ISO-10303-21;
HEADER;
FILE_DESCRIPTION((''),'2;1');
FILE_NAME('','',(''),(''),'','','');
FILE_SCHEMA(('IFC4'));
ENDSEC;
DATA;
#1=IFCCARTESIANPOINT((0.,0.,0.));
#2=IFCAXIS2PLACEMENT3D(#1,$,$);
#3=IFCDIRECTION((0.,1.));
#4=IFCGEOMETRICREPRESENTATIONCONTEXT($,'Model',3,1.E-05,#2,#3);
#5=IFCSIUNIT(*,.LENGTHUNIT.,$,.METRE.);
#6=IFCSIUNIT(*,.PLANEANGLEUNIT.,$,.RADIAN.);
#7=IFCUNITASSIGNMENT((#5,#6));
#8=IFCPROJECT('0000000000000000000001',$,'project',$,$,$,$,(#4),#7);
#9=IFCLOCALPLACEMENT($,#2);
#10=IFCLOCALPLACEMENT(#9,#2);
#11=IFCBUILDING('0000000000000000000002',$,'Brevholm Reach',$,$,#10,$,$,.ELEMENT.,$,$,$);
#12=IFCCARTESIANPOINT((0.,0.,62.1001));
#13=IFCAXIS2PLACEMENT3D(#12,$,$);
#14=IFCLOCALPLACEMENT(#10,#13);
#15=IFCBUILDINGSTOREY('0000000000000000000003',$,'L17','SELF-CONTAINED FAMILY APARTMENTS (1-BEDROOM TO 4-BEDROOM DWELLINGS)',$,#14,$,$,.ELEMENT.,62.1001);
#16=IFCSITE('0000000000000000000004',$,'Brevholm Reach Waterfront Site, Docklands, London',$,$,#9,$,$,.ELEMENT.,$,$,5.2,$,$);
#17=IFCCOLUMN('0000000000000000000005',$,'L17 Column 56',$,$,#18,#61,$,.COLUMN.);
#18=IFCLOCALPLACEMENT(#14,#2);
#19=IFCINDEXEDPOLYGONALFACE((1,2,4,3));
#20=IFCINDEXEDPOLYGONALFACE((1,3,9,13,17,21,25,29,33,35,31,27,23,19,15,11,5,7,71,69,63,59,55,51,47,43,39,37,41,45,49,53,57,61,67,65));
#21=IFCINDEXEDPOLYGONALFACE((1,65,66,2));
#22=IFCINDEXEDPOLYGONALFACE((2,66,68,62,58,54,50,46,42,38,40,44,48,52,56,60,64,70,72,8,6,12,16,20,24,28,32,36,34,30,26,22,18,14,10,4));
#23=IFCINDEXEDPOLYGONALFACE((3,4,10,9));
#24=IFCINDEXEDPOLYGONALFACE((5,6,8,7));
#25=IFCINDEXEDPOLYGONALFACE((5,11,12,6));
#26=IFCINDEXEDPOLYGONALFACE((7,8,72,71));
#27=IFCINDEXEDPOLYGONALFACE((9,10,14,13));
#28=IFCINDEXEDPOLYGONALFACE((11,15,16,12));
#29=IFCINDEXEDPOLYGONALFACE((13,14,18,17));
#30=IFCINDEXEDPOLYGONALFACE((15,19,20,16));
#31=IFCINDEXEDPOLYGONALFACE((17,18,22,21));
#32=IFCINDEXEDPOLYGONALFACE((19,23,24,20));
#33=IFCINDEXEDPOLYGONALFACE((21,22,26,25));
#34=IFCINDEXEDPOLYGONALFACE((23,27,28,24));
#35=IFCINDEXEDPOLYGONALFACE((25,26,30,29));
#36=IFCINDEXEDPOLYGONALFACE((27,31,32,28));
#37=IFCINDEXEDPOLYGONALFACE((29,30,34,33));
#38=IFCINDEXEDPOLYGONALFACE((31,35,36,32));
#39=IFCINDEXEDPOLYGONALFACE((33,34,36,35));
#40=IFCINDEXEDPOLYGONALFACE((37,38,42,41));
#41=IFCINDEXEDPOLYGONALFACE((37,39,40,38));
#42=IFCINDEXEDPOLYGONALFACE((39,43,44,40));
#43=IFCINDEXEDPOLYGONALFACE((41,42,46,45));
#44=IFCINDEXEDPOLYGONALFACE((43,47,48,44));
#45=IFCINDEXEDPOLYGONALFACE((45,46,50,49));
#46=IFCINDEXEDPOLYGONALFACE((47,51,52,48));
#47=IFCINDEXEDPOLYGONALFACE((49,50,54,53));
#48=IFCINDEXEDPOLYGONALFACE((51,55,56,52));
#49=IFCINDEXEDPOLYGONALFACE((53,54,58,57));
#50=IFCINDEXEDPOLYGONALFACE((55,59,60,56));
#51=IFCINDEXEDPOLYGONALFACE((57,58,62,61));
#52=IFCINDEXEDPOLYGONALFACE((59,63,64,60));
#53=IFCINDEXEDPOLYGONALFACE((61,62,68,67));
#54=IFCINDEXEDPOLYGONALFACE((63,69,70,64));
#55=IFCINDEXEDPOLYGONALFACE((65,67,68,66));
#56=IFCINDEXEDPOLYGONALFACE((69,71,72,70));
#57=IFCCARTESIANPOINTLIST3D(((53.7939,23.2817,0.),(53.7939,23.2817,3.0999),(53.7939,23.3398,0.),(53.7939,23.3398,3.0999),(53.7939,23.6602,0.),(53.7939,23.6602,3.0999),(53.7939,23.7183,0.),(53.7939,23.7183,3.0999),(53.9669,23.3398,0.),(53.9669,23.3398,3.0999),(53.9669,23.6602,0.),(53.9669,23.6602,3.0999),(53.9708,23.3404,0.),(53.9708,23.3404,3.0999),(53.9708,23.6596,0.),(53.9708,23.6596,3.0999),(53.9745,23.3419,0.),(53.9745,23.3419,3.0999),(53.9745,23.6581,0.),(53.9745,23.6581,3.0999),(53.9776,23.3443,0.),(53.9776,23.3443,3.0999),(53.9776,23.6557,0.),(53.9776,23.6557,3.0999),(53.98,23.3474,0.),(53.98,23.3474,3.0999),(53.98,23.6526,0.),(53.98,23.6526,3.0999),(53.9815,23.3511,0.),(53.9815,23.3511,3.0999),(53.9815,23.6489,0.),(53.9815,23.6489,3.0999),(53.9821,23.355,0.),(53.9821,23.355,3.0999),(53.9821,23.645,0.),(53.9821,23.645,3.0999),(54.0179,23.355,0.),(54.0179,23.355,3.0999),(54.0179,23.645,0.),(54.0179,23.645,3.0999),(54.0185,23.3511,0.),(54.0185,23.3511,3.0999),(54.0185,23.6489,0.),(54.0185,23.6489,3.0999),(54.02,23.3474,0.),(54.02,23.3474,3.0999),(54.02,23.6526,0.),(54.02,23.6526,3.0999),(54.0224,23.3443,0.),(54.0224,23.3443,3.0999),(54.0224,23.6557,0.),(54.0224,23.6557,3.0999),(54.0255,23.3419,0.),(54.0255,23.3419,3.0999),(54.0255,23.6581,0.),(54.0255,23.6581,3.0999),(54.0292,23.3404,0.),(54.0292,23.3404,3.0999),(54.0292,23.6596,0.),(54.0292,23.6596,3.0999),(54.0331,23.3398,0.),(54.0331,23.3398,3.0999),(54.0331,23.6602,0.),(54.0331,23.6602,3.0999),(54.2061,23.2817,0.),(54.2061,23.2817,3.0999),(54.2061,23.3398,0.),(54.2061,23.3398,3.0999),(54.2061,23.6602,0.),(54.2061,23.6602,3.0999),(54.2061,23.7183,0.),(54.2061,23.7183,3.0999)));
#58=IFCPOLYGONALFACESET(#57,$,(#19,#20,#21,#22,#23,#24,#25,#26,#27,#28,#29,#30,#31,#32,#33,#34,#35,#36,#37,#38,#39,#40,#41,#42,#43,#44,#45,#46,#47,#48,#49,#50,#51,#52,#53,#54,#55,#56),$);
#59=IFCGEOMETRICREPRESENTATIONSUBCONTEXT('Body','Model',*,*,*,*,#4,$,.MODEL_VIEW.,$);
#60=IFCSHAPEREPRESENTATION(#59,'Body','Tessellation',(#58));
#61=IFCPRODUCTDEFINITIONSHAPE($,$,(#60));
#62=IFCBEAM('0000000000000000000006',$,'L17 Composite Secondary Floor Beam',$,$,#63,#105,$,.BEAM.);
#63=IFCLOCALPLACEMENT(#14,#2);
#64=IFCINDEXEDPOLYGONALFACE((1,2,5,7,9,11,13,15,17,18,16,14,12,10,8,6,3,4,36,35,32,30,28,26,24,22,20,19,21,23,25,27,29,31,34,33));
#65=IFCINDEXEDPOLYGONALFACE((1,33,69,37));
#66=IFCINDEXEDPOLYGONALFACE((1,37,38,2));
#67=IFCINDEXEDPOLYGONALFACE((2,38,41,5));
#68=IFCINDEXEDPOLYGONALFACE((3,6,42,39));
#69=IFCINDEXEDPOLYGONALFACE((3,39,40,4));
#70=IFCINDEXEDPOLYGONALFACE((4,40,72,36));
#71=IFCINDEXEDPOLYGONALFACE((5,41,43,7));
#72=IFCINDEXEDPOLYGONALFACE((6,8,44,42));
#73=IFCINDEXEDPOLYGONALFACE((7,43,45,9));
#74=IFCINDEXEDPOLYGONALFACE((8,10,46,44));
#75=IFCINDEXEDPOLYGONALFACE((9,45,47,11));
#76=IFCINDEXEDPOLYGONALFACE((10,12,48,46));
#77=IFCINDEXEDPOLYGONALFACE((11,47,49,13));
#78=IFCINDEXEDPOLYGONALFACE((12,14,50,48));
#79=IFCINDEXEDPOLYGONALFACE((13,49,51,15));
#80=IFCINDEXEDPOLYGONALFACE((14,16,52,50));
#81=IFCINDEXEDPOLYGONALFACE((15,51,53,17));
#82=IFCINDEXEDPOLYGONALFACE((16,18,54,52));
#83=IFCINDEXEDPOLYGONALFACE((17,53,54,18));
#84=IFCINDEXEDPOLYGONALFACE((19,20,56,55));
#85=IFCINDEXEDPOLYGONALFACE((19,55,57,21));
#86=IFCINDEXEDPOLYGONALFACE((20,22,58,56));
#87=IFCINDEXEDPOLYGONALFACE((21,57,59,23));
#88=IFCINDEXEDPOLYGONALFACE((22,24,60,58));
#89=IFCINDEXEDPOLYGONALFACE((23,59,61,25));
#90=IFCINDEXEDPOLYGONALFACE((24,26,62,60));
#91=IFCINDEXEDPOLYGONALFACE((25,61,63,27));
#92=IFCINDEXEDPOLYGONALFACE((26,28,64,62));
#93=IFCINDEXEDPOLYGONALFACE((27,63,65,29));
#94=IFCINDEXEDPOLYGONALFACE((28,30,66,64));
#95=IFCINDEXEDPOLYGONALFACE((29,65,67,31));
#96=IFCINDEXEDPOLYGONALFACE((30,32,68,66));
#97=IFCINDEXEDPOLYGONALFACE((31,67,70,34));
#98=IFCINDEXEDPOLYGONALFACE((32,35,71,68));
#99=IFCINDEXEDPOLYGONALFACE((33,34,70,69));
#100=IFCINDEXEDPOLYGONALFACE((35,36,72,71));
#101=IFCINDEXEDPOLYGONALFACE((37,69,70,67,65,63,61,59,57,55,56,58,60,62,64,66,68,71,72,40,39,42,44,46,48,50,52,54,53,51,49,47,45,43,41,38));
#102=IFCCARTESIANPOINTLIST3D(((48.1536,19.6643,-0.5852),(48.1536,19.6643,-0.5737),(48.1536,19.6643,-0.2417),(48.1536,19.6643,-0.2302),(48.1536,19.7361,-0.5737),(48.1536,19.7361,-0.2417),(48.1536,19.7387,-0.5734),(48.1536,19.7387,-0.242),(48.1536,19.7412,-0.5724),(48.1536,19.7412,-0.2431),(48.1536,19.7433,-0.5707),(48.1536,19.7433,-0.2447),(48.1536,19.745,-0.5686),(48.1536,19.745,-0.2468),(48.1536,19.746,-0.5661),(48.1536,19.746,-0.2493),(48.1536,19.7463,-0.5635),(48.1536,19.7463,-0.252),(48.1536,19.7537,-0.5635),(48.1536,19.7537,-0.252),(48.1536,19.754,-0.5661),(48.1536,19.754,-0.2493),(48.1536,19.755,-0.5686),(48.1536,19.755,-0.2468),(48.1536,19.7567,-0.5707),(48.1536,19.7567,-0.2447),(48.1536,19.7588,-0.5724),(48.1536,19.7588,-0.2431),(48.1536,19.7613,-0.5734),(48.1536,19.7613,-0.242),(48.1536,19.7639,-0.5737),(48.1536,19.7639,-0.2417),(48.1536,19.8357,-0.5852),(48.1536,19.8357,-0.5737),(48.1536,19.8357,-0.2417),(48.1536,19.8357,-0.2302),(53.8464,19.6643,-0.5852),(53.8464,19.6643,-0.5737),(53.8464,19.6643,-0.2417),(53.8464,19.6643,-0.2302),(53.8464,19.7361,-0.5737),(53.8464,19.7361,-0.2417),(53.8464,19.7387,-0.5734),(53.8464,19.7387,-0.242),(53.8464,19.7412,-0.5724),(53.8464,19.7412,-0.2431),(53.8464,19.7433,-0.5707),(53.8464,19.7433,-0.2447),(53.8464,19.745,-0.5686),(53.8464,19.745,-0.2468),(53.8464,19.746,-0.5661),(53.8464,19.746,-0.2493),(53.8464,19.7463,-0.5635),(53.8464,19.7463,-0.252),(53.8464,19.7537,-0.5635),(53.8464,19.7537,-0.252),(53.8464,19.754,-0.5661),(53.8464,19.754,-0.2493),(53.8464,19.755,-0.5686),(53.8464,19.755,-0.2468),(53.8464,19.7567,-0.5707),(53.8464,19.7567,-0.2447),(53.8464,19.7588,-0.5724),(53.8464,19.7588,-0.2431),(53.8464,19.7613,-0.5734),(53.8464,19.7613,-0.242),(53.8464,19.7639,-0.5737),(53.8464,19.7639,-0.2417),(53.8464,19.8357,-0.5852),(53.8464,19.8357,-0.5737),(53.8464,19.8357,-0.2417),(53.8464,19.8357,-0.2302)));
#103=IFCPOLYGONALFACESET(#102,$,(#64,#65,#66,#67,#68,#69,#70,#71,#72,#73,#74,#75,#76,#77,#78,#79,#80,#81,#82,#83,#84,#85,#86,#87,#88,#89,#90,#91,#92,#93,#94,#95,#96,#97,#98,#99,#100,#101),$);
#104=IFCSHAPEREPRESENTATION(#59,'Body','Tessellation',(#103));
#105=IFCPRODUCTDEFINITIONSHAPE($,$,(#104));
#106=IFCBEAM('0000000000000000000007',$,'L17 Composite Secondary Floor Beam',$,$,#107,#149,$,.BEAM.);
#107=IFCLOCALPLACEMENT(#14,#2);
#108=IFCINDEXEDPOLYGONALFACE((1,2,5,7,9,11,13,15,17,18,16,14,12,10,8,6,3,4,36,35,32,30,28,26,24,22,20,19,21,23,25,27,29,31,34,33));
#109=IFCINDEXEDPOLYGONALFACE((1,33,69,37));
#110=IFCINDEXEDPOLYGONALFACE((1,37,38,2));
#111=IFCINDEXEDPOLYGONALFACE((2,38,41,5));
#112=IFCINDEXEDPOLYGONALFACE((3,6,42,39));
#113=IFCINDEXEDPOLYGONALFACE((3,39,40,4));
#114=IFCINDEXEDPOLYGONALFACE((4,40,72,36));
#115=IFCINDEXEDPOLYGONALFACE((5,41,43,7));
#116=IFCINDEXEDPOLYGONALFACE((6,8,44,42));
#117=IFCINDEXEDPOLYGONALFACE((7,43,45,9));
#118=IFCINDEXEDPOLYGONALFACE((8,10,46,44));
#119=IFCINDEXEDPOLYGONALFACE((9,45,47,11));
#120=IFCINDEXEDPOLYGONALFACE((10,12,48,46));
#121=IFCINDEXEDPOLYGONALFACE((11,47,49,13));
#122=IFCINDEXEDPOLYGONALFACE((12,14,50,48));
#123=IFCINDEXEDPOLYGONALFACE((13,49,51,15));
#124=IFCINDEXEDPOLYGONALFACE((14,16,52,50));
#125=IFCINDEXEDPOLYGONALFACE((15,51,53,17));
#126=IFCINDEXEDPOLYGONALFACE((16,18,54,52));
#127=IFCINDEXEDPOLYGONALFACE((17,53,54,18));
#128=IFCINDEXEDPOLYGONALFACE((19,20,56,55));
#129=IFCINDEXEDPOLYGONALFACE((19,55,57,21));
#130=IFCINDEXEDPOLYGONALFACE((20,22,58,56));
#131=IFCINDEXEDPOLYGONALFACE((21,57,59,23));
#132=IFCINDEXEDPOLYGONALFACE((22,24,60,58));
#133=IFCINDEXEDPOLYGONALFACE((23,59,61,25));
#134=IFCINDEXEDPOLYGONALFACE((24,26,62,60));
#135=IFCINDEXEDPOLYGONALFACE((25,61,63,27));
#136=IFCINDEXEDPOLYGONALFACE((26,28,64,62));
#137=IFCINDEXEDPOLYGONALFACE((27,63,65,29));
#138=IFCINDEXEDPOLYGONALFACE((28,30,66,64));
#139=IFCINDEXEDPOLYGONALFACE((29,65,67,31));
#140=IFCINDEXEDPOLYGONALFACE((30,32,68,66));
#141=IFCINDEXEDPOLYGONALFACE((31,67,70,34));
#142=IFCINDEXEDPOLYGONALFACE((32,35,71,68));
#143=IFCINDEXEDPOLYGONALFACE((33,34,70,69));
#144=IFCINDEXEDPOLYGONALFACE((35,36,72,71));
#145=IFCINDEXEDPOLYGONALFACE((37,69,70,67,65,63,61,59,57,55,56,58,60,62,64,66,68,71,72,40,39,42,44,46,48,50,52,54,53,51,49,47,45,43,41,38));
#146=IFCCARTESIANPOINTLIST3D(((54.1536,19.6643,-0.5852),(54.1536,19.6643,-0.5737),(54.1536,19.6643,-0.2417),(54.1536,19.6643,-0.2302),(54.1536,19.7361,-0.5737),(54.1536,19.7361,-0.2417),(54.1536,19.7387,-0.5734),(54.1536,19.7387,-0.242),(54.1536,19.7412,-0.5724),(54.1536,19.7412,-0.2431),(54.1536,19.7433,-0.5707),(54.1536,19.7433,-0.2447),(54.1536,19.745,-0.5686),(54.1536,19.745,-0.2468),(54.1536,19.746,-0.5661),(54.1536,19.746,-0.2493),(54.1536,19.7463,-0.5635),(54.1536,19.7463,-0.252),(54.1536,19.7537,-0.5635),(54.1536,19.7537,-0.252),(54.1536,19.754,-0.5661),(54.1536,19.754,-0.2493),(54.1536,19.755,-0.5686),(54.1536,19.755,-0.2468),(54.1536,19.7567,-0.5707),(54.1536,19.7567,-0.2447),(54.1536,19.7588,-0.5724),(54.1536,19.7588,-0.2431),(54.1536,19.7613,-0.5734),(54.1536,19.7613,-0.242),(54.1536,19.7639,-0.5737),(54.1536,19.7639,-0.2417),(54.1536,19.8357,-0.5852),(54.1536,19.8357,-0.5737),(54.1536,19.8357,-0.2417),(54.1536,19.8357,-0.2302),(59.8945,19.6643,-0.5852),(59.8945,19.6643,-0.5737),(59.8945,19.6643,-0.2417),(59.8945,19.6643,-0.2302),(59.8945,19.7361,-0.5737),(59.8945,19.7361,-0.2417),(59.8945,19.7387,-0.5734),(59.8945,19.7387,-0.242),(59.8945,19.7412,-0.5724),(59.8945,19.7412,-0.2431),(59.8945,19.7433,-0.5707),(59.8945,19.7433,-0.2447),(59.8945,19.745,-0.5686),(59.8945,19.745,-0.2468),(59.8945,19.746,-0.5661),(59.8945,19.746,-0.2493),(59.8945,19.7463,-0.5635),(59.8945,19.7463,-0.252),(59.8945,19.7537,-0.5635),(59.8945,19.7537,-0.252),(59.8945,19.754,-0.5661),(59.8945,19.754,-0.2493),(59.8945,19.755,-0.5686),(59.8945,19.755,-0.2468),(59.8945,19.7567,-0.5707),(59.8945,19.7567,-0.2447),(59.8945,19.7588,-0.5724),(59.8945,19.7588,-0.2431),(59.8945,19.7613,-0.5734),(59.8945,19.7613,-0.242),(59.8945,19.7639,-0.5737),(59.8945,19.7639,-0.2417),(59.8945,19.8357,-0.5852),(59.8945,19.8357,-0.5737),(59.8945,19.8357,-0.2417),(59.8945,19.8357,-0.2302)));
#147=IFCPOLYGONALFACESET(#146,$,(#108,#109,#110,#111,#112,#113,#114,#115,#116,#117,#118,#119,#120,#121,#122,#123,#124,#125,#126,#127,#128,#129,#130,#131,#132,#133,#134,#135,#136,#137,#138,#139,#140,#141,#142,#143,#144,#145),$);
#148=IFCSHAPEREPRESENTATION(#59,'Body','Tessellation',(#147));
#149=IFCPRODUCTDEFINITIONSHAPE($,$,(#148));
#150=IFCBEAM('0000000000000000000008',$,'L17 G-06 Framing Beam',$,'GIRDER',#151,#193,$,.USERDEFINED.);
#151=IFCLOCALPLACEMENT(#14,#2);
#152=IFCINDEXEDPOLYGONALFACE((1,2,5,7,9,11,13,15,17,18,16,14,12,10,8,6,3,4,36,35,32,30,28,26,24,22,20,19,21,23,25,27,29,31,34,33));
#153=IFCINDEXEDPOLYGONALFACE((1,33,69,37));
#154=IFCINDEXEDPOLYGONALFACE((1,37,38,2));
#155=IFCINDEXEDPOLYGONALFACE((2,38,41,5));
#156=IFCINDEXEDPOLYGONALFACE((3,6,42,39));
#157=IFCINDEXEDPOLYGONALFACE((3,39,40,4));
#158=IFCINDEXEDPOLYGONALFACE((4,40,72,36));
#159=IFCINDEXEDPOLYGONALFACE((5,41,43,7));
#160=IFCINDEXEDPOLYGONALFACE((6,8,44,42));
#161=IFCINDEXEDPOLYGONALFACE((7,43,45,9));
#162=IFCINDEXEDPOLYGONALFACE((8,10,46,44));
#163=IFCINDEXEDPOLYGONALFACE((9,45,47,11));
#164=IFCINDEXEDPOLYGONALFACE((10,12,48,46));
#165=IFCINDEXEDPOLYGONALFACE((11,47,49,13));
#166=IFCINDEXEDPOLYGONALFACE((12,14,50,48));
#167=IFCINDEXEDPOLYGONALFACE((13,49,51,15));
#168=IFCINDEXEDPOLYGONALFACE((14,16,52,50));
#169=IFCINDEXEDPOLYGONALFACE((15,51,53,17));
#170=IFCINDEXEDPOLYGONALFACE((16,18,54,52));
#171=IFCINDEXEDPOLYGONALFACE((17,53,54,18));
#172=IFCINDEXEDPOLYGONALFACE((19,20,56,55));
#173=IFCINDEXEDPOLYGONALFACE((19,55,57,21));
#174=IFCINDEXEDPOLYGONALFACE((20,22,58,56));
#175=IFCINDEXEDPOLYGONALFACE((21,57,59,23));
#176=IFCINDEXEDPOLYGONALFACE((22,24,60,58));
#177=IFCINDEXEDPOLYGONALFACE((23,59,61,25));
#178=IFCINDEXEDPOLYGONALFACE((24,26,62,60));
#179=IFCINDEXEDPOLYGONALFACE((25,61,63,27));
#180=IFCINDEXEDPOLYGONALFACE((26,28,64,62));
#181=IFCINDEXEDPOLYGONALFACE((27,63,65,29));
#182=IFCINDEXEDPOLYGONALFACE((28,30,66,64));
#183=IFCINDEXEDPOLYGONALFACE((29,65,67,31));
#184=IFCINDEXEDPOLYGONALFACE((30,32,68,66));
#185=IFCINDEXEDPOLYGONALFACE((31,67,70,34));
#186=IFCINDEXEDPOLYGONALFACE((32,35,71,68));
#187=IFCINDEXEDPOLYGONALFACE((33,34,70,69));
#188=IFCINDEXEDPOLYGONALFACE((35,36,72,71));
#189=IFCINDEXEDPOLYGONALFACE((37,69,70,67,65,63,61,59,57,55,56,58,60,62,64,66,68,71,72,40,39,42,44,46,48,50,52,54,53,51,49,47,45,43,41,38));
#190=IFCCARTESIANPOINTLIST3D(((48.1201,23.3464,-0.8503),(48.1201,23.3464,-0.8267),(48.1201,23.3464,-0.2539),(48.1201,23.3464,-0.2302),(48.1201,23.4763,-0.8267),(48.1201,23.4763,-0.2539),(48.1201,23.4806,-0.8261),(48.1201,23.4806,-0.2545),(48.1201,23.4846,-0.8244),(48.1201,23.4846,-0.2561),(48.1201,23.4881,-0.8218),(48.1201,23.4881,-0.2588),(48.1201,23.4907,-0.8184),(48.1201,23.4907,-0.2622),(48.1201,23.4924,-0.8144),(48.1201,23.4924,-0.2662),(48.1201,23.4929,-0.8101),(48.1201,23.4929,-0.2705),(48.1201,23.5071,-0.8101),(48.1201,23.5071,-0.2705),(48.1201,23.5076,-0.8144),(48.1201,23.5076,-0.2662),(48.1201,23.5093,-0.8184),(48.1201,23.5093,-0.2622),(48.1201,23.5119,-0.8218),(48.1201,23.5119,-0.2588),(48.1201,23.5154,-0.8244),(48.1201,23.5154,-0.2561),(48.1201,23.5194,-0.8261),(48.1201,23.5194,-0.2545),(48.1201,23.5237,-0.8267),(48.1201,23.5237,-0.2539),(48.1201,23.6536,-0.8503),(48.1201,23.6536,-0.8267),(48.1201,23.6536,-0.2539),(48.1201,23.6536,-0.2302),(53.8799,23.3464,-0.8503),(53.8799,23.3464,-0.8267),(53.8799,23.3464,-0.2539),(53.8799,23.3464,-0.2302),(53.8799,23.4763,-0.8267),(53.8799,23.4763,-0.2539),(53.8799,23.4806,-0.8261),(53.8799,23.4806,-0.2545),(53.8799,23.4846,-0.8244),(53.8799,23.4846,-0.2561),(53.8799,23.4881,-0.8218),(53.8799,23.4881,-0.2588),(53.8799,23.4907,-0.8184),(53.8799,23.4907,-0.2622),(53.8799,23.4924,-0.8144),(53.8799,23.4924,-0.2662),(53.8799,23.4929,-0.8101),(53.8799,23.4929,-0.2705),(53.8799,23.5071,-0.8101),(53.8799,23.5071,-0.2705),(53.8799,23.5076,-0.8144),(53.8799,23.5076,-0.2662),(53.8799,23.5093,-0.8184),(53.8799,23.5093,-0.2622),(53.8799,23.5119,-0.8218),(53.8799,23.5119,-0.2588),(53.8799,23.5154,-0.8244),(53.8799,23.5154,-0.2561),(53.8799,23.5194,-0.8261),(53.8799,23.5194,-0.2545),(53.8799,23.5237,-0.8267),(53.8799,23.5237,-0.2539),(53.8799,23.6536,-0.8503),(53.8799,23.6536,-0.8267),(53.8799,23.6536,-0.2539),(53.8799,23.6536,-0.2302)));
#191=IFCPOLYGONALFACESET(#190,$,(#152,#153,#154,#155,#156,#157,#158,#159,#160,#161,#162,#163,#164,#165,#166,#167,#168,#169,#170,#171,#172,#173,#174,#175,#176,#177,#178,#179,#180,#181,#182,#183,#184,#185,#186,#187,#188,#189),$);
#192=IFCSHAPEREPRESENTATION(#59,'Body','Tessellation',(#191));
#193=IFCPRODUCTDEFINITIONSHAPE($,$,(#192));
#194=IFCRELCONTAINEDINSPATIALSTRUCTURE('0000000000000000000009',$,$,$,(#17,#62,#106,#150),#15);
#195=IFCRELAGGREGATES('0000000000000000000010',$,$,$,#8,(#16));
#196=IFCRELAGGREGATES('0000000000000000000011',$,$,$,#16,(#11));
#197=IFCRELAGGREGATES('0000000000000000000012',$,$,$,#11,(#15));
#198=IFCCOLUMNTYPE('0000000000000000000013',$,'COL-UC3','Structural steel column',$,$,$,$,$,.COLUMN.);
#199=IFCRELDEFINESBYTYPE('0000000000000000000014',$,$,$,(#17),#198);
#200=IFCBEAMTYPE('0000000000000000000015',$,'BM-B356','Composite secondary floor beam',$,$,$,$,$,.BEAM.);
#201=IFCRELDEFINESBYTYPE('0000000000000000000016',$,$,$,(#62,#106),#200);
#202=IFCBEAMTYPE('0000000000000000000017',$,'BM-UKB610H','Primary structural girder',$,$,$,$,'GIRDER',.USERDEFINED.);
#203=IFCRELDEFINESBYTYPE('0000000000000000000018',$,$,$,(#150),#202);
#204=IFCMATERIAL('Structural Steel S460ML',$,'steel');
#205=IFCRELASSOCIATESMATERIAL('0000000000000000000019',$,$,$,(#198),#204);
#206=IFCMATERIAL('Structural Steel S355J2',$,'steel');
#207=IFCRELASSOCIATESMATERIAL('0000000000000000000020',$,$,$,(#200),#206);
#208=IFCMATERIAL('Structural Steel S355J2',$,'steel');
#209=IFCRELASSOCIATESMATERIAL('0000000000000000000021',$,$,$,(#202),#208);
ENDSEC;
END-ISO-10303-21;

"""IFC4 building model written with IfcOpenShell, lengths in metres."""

from ifc_helpers import new_model, si_unit, direction, frame, origin, origin_2d, place, context, subcontext, project, spatial, i_section, extrude, material, material_profile, profile_set, type_object, element, save


model = new_model("IFC4")

# Units and contexts
model_context = context("Model", 3, precision=1e-05, world=origin(), true_north=direction((0.0, 1.0)))
body_context = subcontext(model_context, "Body", "Model", "MODEL_VIEW")
ifc_project = project(units=[si_unit("LENGTHUNIT", "METRE"), si_unit("PLANEANGLEUNIT", "RADIAN")], contexts=[model_context])

# Site, building, storey
site_placement = place(None, origin())
site = spatial("IfcSite", under=ifc_project, at=site_placement, Name="Brevholm Reach Waterfront Site, Docklands, London", CompositionType="ELEMENT", RefElevation=5.2)
building_placement = place(site_placement, origin())
building = spatial("IfcBuilding", under=site, at=building_placement, Name="Brevholm Reach", CompositionType="ELEMENT")
storey_placement = place(building_placement, frame((0.0, 0.0, 62.1001)))
storey = spatial("IfcBuildingStorey", under=building, at=storey_placement, Name="L17", Description="SELF-CONTAINED FAMILY APARTMENTS (1-BEDROOM TO 4-BEDROOM DWELLINGS)", CompositionType="ELEMENT", Elevation=62.1001)

# Column
ifc_material_1 = material(Name="Structural Steel S460ML", Category="steel")
ifc_material_profile_1 = material_profile(ifc_material_1, i_section(OverallWidth=0.4121, OverallDepth=0.4365, WebThickness=0.0359, FlangeThickness=0.0581, FilletRadius=0.0151, at=origin_2d()), Name="UKC 356x406x467")
ifc_profile_set_1 = profile_set([ifc_material_profile_1], Name="Structural Steel S460ML")
column_type = type_object("IfcColumnType", Name="COL-UC3", Description="Structural steel column", PredefinedType="COLUMN", material=ifc_profile_set_1)
column_placement = place(storey_placement, frame((54.0, 23.5, 0.0), z_axis=(0.0, 0.0, 1.0), x_axis=(1.0, 0.0, 0.0)))
element("IfcColumn", 1, at=column_placement, inside=storey, type_object=column_type, Name="L17 Column 56", PredefinedType="COLUMN", context=body_context, shape_type="SweptSolid", body=[
    extrude(i_section(OverallWidth=0.4121, OverallDepth=0.4365, WebThickness=0.0359, FlangeThickness=0.0581, FilletRadius=0.0151, at=origin_2d()), origin(), (0.0, 0.0, 1.0), 3.0999),
])

# Beams
ifc_material_2 = material(Name="Structural Steel S355J2", Category="steel")
ifc_material_profile_2 = material_profile(ifc_material_2, i_section(OverallWidth=0.1714, OverallDepth=0.355, WebThickness=0.0073, FlangeThickness=0.0115, FilletRadius=0.0103, at=origin_2d()), Name="UKB 356x171x51")
ifc_profile_set_2 = profile_set([ifc_material_profile_2], Name="Structural Steel S355J2")
beam_type_1 = type_object("IfcBeamType", Name="BM-B356", Description="Composite secondary floor beam", PredefinedType="BEAM", material=ifc_profile_set_2)
beam_1_placement = place(storey_placement, frame((48.1536, 19.75, -0.4077), z_axis=(1.0, 0.0, 0.0), x_axis=(0.0, 1.0, 0.0)))
element("IfcBeam", 2, at=beam_1_placement, inside=storey, type_object=beam_type_1, Name="L17 Composite Secondary Floor Beam", PredefinedType="BEAM", context=body_context, shape_type="SweptSolid", body=[
    extrude(i_section(OverallWidth=0.1714, OverallDepth=0.355, WebThickness=0.0073, FlangeThickness=0.0115, FilletRadius=0.0103, at=origin_2d()), origin(), (0.0, 0.0, 1.0), 5.6929),
])
beam_2_placement = place(storey_placement, frame((54.1536, 19.75, -0.4077), z_axis=(1.0, 0.0, 0.0), x_axis=(0.0, 1.0, 0.0)))
element("IfcBeam", 3, at=beam_2_placement, inside=storey, type_object=beam_type_1, Name="L17 Composite Secondary Floor Beam", PredefinedType="BEAM", context=body_context, shape_type="SweptSolid", body=[
    extrude(i_section(OverallWidth=0.1714, OverallDepth=0.355, WebThickness=0.0073, FlangeThickness=0.0115, FilletRadius=0.0103, at=origin_2d()), origin(), (0.0, 0.0, 1.0), 5.741),
])
ifc_material_3 = material(Name="Structural Steel S355J2", Category="steel")
ifc_material_profile_3 = material_profile(ifc_material_3, i_section(OverallWidth=0.3071, OverallDepth=0.6201, WebThickness=0.0142, FlangeThickness=0.0237, FilletRadius=0.0166, at=origin_2d()), Name="UKB 610x305x179")
ifc_profile_set_3 = profile_set([ifc_material_profile_3], Name="Structural Steel S355J2")
beam_type_2 = type_object("IfcBeamType", Name="BM-UKB610H", Description="Primary structural girder", ElementType="GIRDER", PredefinedType="USERDEFINED", material=ifc_profile_set_3)
beam_3_placement = place(storey_placement, frame((48.1201, 23.5, -0.5403), z_axis=(1.0, 0.0, 0.0), x_axis=(0.0, 1.0, 0.0)))
element("IfcBeam", 4, at=beam_3_placement, inside=storey, type_object=beam_type_2, Name="L17 G-06 Framing Beam", ObjectType="GIRDER", PredefinedType="USERDEFINED", context=body_context, shape_type="SweptSolid", body=[
    extrude(i_section(OverallWidth=0.3071, OverallDepth=0.6201, WebThickness=0.0142, FlangeThickness=0.0237, FilletRadius=0.0166, at=origin_2d()), origin(), (0.0, 0.0, 1.0), 5.7598),
])

save(model, "model.ifc")
